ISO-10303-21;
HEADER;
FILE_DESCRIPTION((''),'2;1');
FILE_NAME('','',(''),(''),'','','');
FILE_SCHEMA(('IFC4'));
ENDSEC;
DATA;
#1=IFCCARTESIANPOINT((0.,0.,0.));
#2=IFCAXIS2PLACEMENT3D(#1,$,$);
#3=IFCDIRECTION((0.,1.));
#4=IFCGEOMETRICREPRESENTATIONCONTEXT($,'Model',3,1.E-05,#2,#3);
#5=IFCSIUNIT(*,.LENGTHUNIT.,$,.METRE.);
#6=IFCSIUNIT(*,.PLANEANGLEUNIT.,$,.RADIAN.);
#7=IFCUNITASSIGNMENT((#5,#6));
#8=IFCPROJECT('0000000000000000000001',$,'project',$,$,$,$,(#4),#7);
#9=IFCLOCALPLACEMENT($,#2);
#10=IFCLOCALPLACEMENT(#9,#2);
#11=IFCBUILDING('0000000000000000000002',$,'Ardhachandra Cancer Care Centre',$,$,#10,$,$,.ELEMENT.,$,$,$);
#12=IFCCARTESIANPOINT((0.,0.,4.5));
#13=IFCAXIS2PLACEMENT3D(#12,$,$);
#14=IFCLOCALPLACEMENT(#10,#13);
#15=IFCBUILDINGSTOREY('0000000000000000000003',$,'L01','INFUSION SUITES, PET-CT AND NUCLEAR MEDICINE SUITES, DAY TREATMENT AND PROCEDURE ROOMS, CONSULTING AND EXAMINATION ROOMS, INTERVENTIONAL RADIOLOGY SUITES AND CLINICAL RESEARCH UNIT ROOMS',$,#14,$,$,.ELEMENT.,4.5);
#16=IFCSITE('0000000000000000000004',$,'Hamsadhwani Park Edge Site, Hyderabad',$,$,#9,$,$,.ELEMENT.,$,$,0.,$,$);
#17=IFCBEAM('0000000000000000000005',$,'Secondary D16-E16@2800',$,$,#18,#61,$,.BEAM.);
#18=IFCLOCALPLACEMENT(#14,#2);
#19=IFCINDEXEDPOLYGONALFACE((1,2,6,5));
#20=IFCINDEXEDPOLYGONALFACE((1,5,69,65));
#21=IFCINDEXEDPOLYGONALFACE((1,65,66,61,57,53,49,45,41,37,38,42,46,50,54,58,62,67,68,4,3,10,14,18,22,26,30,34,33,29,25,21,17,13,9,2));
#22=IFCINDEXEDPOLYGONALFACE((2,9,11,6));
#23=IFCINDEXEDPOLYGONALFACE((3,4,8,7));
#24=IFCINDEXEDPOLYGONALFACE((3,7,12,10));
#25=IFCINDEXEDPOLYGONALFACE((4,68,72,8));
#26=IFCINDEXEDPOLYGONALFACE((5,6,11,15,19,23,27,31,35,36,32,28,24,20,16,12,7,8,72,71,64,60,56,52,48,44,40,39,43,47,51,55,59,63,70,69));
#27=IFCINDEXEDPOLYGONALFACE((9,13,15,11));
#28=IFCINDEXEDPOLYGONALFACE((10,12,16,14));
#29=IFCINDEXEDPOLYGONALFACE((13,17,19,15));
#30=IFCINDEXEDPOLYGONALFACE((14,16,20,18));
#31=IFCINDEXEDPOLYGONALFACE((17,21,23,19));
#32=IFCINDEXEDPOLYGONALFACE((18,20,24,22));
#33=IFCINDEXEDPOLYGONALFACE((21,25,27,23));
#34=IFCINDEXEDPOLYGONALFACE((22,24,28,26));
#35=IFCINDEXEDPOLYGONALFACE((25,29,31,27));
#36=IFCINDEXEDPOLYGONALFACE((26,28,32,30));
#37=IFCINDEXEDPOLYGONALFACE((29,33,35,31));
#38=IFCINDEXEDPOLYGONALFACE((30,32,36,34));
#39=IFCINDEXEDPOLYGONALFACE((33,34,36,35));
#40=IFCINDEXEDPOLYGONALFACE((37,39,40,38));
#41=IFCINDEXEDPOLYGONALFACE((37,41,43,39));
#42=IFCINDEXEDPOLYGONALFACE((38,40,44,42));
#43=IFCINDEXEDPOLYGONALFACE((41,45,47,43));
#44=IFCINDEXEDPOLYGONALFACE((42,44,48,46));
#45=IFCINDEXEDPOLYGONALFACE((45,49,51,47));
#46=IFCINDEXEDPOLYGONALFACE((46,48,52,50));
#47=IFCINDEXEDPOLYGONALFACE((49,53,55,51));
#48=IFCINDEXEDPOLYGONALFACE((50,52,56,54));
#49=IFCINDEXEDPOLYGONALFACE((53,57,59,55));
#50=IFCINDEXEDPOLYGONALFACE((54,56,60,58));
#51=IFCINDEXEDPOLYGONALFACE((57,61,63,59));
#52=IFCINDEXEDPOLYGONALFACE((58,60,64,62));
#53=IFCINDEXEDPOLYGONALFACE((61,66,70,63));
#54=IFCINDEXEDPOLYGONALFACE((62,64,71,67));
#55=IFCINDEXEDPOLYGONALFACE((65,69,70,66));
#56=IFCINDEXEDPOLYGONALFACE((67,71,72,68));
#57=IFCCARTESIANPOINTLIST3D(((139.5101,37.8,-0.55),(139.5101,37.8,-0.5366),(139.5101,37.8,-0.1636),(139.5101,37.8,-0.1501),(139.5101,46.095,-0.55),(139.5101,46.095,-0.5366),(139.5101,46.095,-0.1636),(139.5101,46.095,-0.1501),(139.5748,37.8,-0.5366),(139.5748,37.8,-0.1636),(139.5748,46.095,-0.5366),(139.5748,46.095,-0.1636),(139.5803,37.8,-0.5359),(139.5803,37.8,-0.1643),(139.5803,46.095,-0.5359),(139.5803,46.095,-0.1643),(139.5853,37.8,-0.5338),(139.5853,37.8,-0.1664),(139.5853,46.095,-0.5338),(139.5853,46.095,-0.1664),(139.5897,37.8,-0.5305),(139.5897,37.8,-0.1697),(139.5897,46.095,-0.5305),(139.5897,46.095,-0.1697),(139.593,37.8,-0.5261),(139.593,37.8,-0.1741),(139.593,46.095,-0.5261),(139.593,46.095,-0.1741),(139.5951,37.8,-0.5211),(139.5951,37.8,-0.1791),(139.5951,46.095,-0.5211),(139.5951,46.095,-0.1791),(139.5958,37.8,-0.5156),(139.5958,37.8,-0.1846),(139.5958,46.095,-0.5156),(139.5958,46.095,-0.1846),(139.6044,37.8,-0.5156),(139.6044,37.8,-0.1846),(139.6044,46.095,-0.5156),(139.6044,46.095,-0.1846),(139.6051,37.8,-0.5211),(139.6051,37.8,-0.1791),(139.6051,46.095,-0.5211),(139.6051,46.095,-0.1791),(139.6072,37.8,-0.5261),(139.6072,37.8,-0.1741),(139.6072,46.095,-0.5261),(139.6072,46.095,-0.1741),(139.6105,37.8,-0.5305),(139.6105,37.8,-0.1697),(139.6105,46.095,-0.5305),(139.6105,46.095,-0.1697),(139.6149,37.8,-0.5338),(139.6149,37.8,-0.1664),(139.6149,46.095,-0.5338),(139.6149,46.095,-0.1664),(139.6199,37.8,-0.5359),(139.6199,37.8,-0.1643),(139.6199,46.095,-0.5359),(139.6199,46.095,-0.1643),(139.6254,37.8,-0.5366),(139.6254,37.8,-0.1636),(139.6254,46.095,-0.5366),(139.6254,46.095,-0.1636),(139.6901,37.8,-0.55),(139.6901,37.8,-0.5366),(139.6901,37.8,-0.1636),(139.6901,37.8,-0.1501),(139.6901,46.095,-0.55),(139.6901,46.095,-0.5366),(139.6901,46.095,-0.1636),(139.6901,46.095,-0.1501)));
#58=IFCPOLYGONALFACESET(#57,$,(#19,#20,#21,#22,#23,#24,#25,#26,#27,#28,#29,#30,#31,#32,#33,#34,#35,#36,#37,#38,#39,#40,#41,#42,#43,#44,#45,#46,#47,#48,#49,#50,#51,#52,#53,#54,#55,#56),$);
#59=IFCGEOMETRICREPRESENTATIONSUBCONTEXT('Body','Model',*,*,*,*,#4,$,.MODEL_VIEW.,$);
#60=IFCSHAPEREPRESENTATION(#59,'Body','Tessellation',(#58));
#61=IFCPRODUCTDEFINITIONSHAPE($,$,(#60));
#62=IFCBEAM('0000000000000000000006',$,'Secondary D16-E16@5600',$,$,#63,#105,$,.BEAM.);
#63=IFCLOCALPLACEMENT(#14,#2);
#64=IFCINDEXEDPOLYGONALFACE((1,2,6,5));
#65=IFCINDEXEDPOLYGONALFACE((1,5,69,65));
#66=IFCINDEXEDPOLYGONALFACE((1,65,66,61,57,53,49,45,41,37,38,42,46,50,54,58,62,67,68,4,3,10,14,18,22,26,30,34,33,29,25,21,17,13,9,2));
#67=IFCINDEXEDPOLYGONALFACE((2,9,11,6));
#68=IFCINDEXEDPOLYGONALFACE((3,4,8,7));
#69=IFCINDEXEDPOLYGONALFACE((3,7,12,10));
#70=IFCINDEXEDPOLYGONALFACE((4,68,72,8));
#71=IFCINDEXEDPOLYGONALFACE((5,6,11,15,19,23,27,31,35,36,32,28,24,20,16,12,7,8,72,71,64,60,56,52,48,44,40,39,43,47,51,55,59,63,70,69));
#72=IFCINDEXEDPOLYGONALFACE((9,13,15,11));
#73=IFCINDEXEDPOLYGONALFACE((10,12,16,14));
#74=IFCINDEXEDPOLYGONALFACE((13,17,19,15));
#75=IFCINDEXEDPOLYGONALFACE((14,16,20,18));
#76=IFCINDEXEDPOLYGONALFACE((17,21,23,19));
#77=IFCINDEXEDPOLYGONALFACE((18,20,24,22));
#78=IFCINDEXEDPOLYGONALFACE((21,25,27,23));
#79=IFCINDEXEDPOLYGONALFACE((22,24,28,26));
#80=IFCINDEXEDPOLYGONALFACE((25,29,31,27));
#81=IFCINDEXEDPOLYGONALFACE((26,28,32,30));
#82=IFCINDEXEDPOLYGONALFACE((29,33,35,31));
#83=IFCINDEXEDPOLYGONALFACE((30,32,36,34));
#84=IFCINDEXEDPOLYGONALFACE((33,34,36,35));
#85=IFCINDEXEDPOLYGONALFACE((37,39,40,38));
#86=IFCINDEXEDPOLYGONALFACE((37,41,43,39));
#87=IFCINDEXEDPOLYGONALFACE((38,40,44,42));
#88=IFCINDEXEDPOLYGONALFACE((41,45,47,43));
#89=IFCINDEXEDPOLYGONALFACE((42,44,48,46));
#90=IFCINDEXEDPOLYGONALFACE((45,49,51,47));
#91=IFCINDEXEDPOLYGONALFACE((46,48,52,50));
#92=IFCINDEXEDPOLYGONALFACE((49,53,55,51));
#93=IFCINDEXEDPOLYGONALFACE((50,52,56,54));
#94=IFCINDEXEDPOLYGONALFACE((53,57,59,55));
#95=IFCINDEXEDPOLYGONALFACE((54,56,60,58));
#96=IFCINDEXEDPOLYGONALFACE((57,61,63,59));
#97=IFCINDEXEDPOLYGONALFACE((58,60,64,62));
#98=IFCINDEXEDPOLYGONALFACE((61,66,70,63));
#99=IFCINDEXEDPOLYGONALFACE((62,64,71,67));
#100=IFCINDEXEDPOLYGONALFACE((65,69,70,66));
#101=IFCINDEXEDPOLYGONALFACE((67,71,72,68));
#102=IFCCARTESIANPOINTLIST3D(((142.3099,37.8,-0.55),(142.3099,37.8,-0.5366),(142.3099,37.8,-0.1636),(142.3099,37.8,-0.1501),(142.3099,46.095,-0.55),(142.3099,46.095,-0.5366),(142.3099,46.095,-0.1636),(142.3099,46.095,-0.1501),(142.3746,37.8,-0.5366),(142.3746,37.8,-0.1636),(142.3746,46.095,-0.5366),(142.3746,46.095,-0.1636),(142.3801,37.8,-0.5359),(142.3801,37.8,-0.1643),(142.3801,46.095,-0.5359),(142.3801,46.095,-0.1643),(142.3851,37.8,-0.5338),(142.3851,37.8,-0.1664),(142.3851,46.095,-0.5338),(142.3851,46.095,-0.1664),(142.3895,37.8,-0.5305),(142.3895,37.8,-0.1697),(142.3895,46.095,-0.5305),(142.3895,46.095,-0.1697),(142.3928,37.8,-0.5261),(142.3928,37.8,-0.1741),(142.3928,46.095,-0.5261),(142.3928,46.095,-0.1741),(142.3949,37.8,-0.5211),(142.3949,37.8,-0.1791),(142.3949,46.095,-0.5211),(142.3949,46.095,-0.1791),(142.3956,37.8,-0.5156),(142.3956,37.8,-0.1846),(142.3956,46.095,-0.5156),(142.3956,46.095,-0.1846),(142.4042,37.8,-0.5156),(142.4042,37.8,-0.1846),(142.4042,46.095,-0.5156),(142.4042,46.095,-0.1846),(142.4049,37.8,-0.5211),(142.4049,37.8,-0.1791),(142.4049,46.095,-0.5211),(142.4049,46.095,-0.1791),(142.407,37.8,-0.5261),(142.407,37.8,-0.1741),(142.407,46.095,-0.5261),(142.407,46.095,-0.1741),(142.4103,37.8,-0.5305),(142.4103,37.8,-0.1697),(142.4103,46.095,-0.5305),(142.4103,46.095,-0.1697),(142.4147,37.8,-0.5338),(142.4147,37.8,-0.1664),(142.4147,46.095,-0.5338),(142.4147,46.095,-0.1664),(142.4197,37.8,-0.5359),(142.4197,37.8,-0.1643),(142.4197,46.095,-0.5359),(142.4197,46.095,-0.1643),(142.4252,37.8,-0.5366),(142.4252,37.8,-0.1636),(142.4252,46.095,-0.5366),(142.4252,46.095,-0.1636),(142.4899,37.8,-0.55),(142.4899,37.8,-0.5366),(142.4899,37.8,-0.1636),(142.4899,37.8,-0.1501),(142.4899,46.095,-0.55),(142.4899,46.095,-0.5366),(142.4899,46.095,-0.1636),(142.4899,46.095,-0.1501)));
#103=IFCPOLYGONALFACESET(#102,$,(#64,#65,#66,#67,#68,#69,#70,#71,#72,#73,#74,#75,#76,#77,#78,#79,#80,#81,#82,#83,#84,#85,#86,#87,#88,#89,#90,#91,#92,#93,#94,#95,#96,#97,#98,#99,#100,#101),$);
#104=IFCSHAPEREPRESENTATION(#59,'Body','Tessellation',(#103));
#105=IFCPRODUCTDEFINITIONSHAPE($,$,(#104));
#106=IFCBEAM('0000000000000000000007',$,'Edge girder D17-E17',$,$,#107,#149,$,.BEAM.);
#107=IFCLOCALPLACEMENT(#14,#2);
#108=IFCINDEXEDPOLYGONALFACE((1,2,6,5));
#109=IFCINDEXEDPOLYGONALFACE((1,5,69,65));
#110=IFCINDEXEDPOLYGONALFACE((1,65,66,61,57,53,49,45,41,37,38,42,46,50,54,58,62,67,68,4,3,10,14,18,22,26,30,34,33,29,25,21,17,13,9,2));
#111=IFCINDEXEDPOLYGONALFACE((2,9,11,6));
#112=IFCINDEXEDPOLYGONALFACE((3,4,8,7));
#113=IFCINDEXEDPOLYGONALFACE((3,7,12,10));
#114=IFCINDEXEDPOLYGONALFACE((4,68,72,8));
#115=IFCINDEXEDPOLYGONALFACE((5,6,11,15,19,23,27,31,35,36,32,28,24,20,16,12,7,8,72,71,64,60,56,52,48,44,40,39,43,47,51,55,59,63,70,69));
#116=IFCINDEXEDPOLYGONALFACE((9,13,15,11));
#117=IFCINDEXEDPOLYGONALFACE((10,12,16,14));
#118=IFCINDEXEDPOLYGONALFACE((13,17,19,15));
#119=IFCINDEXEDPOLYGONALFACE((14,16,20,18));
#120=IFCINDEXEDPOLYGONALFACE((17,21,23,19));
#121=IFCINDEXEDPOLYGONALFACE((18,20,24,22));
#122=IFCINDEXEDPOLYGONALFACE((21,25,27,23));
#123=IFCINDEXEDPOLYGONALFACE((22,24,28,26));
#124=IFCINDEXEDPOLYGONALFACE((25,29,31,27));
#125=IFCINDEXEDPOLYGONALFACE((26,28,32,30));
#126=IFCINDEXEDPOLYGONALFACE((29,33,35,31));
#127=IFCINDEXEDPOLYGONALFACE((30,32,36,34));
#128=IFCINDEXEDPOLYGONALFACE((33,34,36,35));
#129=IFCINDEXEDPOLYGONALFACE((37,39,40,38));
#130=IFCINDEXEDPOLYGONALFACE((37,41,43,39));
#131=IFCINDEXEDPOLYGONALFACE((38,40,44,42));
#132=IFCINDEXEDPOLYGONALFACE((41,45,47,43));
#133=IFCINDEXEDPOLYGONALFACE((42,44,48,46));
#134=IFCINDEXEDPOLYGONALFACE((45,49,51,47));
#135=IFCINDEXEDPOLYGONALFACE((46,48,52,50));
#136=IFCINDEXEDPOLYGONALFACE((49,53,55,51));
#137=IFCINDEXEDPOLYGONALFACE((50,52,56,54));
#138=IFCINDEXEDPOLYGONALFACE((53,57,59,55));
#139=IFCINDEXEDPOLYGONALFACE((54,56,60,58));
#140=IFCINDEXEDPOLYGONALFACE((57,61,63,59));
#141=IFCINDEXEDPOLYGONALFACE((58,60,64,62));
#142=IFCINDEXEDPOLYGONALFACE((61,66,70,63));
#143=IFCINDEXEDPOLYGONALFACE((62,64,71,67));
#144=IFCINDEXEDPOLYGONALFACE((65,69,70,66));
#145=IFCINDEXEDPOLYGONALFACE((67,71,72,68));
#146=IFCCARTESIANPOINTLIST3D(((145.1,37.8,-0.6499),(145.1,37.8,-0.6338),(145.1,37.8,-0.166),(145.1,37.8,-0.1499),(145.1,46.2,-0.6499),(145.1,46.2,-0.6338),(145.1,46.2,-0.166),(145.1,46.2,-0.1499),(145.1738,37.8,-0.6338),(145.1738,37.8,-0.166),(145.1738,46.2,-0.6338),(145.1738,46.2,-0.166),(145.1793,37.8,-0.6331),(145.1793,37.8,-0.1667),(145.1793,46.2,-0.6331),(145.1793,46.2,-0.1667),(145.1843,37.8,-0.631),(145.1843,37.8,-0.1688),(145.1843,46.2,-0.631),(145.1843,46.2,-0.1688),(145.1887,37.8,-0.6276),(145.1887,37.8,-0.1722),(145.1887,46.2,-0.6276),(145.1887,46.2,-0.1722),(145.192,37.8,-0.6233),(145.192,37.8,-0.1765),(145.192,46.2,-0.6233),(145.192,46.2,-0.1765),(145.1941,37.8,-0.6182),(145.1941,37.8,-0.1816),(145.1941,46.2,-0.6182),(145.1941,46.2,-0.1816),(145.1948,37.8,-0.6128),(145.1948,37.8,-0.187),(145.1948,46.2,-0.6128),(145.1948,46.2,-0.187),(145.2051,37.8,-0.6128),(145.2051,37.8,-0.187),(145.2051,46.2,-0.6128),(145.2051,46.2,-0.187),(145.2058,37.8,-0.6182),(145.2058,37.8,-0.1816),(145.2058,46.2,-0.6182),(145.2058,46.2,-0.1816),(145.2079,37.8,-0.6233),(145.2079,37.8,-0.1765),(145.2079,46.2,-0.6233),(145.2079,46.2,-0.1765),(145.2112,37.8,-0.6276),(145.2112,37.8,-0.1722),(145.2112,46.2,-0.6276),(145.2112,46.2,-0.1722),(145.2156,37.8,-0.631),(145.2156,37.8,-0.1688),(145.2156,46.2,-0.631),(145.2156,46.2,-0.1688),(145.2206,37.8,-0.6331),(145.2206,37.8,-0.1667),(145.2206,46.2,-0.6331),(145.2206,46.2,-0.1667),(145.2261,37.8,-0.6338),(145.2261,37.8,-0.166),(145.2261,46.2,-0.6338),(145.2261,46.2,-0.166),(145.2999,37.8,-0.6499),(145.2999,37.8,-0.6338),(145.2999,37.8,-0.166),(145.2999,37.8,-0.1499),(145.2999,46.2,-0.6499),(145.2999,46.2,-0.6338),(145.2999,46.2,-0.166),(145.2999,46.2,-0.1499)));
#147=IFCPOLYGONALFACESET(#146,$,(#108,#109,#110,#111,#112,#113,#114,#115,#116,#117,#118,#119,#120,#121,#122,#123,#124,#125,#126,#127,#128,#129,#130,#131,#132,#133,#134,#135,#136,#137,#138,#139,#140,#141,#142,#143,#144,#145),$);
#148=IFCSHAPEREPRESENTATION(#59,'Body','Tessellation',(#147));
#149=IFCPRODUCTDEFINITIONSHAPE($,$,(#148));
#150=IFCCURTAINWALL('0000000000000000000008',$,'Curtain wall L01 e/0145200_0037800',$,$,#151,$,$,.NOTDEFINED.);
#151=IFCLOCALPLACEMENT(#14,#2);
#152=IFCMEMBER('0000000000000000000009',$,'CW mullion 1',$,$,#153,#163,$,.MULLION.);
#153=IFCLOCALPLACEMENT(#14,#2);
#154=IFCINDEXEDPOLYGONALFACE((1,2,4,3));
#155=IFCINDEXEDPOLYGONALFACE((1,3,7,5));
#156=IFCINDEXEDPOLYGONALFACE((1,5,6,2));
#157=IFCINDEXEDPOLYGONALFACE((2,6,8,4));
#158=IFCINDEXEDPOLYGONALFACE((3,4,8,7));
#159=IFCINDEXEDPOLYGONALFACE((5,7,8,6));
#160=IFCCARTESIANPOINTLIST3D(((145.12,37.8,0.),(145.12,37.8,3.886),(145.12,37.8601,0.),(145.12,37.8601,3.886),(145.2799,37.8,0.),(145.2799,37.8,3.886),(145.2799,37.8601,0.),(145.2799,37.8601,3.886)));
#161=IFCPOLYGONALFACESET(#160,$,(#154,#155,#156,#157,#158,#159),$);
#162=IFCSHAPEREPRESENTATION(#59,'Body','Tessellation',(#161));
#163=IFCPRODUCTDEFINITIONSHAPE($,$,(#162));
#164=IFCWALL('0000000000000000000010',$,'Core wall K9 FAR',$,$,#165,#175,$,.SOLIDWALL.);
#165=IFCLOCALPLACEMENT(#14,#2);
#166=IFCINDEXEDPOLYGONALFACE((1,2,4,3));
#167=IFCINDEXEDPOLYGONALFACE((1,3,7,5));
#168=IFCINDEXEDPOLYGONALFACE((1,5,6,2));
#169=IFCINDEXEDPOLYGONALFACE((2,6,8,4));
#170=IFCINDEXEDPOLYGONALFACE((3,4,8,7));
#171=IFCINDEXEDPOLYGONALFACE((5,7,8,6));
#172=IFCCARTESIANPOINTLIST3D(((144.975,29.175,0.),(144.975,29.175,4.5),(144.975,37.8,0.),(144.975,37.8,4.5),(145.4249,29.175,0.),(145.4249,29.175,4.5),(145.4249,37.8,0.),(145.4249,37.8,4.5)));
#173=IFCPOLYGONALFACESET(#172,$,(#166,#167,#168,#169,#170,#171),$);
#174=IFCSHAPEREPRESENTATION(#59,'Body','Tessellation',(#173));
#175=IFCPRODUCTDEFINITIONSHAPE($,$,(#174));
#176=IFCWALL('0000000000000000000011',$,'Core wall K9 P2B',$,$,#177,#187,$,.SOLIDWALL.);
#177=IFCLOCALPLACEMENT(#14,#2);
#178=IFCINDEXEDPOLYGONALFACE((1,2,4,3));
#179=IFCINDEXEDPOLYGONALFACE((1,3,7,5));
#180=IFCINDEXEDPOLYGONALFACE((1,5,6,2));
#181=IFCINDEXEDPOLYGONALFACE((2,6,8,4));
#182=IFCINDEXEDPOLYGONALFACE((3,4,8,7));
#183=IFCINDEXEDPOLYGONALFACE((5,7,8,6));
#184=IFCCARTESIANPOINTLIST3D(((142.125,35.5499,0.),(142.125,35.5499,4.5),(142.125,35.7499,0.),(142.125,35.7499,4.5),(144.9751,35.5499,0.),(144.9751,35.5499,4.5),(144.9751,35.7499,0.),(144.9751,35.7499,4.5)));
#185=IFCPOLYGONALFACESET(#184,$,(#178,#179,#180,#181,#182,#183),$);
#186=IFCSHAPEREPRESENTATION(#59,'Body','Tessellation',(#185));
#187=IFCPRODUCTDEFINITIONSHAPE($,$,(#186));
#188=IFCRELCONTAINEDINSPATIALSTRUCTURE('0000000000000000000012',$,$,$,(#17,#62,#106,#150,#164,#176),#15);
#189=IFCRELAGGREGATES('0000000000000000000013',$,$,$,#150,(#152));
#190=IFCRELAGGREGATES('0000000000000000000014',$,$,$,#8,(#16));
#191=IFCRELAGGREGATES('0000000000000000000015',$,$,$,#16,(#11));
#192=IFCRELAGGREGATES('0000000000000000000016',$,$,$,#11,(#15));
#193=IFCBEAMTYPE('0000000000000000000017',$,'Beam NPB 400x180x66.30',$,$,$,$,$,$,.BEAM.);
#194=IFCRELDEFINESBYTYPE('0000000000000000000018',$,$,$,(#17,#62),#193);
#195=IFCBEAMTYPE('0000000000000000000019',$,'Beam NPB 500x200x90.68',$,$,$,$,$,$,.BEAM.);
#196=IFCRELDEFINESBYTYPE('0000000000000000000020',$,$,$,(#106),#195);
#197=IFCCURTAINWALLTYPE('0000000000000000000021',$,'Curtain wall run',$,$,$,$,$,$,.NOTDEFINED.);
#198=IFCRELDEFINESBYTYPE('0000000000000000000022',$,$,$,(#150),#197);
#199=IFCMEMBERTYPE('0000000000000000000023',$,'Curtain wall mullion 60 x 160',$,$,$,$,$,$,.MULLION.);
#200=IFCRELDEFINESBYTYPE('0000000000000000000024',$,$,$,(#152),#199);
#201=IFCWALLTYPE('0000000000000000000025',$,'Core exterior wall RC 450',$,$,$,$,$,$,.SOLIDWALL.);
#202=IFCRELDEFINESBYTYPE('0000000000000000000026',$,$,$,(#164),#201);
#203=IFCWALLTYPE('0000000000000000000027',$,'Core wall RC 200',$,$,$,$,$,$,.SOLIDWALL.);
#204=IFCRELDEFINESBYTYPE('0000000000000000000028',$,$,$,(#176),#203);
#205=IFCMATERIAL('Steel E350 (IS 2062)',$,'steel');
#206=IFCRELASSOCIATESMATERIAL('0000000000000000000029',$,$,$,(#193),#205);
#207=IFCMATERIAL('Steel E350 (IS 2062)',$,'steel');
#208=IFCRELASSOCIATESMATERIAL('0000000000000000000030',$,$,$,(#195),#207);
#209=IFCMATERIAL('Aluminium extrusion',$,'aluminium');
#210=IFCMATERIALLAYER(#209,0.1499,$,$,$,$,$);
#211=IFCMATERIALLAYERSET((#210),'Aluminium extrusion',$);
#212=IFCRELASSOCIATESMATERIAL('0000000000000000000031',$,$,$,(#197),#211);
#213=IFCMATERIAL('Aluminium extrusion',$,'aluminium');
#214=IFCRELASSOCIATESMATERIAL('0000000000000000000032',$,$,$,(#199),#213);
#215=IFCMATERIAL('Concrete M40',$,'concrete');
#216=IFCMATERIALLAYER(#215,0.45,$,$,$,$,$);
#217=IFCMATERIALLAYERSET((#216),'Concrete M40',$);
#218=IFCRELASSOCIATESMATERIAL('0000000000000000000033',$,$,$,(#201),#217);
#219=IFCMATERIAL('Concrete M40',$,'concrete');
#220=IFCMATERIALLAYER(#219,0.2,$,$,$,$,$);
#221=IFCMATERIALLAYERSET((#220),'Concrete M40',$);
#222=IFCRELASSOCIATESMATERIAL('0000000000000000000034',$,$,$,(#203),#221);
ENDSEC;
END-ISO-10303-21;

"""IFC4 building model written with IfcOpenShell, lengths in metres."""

from ifc_helpers import new_model, si_unit, direction, frame, frame_2d, origin, origin_2d, place, context, subcontext, project, spatial, rectangle, i_section, extrude, material, layer, layer_set, material_profile, profile_set, type_object, element, aggregate, save


model = new_model("IFC4")

# Units and contexts
model_context = context("Model", 3, precision=1e-05, world=origin(), true_north=direction((0.0, 1.0)))
body_context = subcontext(model_context, "Body", "Model", "MODEL_VIEW")
ifc_project = project(units=[si_unit("LENGTHUNIT", "METRE"), si_unit("PLANEANGLEUNIT", "RADIAN")], contexts=[model_context])

# Site, building, storey
site_placement = place(None, origin())
site = spatial("IfcSite", under=ifc_project, at=site_placement, Name="Hamsadhwani Park Edge Site, Hyderabad", CompositionType="ELEMENT", RefElevation=0.0)
building_placement = place(site_placement, origin())
building = spatial("IfcBuilding", under=site, at=building_placement, Name="Ardhachandra Cancer Care Centre", CompositionType="ELEMENT")
storey_placement = place(building_placement, frame((0.0, 0.0, 4.5)))
storey = spatial("IfcBuildingStorey", under=building, at=storey_placement, Name="L01", Description="INFUSION SUITES, PET-CT AND NUCLEAR MEDICINE SUITES, DAY TREATMENT AND PROCEDURE ROOMS, CONSULTING AND EXAMINATION ROOMS, INTERVENTIONAL RADIOLOGY SUITES AND CLINICAL RESEARCH UNIT ROOMS", CompositionType="ELEMENT", Elevation=4.5)

# Beams
ifc_material_1 = material(Name="Steel E350 (IS 2062)", Category="steel")
ifc_material_profile_1 = material_profile(ifc_material_1, i_section(OverallWidth=0.1799, OverallDepth=0.3999, WebThickness=0.0085, FlangeThickness=0.0134, FilletRadius=0.021, at=origin_2d()), Name="NPB 400x180x66.30")
ifc_profile_set_1 = profile_set([ifc_material_profile_1], Name="Steel E350 (IS 2062)")
beam_type_1 = type_object("IfcBeamType", Name="Beam NPB 400x180x66.30", PredefinedType="BEAM", material=ifc_profile_set_1)
for number, where, z_axis, x_axis, name in (
    (1, (139.6001, 37.8, -0.3501), (0.0, 1.0, 0.0), (-1.0, 0.0, 0.0), "Secondary D16-E16@2800"),
    (2, (142.3999, 37.8, -0.3501), (0.0, 1.0, 0.0), (-1.0, 0.0, 0.0), "Secondary D16-E16@5600"),
):
    element("IfcBeam", number, at=place(storey_placement, frame(where, z_axis=z_axis, x_axis=x_axis)), inside=storey, type_object=beam_type_1, Name=name, PredefinedType="BEAM", context=body_context, shape_type="SweptSolid", body=[
        extrude(i_section(OverallWidth=0.1799, OverallDepth=0.3999, WebThickness=0.0085, FlangeThickness=0.0134, FilletRadius=0.021, at=origin_2d()), origin(), (0.0, 0.0, 1.0), 8.2949),
    ])
ifc_material_2 = material(Name="Steel E350 (IS 2062)", Category="steel")
ifc_material_profile_2 = material_profile(ifc_material_2, i_section(OverallWidth=0.2, OverallDepth=0.5, WebThickness=0.0103, FlangeThickness=0.0161, FilletRadius=0.021, at=origin_2d()), Name="NPB 500x200x90.68")
ifc_profile_set_2 = profile_set([ifc_material_profile_2], Name="Steel E350 (IS 2062)")
beam_type_2 = type_object("IfcBeamType", Name="Beam NPB 500x200x90.68", PredefinedType="BEAM", material=ifc_profile_set_2)
beam_placement = place(storey_placement, frame((145.2, 37.8, -0.3999), z_axis=(0.0, 1.0, 0.0), x_axis=(-1.0, 0.0, 0.0)))
element("IfcBeam", 3, at=beam_placement, inside=storey, type_object=beam_type_2, Name="Edge girder D17-E17", PredefinedType="BEAM", context=body_context, shape_type="SweptSolid", body=[
    extrude(i_section(OverallWidth=0.2, OverallDepth=0.5, WebThickness=0.0103, FlangeThickness=0.0161, FilletRadius=0.021, at=origin_2d()), origin(), (0.0, 0.0, 1.0), 8.3999),
])

# Curtain wall, member
ifc_material_3 = material(Name="Aluminium extrusion", Category="aluminium")
ifc_layer_1 = layer(ifc_material_3, 0.1499)
ifc_layer_set_1 = layer_set([ifc_layer_1], Name="Aluminium extrusion")
curtain_wall_type = type_object("IfcCurtainWallType", Name="Curtain wall run", PredefinedType="NOTDEFINED", material=ifc_layer_set_1)
curtain_wall_placement = place(storey_placement, origin())
curtain_wall = element("IfcCurtainWall", 4, at=curtain_wall_placement, inside=storey, type_object=curtain_wall_type, Name="Curtain wall L01 e/0145200_0037800", PredefinedType="NOTDEFINED")
ifc_material_4 = material(Name="Aluminium extrusion", Category="aluminium")
ifc_material_profile_3 = material_profile(ifc_material_4, rectangle(XDim=0.1599, YDim=0.0601, at=origin_2d()), Name="Curtain wall mullion 60 x 160")
ifc_profile_set_3 = profile_set([ifc_material_profile_3], Name="Aluminium extrusion")
member_type = type_object("IfcMemberType", Name="Curtain wall mullion 60 x 160", PredefinedType="MULLION", material=ifc_profile_set_3)
member_placement = place(storey_placement, frame((145.2, 37.8301, 0.0), z_axis=(0.0, 0.0, 1.0), x_axis=(-1.0, 0.0, 0.0)))
member = element("IfcMember", 5, at=member_placement, type_object=member_type, Name="CW mullion 1", PredefinedType="MULLION", context=body_context, shape_type="SweptSolid", body=[
    extrude(rectangle(XDim=0.1599, YDim=0.0601, at=origin_2d()), origin(), (0.0, 0.0, 1.0), 3.886),
])
aggregate(curtain_wall, [member])

# Walls
ifc_material_5 = material(Name="Concrete M40", Category="concrete")
ifc_layer_2 = layer(ifc_material_5, 0.45)
ifc_layer_set_2 = layer_set([ifc_layer_2], Name="Concrete M40")
wall_type_1 = type_object("IfcWallType", Name="Core exterior wall RC 450", PredefinedType="SOLIDWALL", material=ifc_layer_set_2)
wall_1_placement = place(storey_placement, frame((145.2, 29.175, 0.0), z_axis=(0.0, 0.0, 1.0), x_axis=(0.0, 1.0, 0.0)))
element("IfcWall", 6, at=wall_1_placement, inside=storey, type_object=wall_type_1, Name="Core wall K9 FAR", PredefinedType="SOLIDWALL", context=body_context, shape_type="SweptSolid", body=[
    extrude(rectangle(XDim=8.625, YDim=0.45, at=frame_2d((4.3125, 0.0))), origin(), (0.0, 0.0, 1.0), 4.5),
])
ifc_material_6 = material(Name="Concrete M40", Category="concrete")
ifc_layer_3 = layer(ifc_material_6, 0.2)
ifc_layer_set_3 = layer_set([ifc_layer_3], Name="Concrete M40")
wall_type_2 = type_object("IfcWallType", Name="Core wall RC 200", PredefinedType="SOLIDWALL", material=ifc_layer_set_3)
wall_2_placement = place(storey_placement, frame((142.125, 35.6499, 0.0), z_axis=(0.0, 0.0, 1.0), x_axis=(1.0, 0.0, 0.0)))
element("IfcWall", 7, at=wall_2_placement, inside=storey, type_object=wall_type_2, Name="Core wall K9 P2B", PredefinedType="SOLIDWALL", context=body_context, shape_type="SweptSolid", body=[
    extrude(rectangle(XDim=2.8501, YDim=0.2, at=frame_2d((1.425, 0.0))), origin(), (0.0, 0.0, 1.0), 4.5),
])

save(model, "model.ifc")
